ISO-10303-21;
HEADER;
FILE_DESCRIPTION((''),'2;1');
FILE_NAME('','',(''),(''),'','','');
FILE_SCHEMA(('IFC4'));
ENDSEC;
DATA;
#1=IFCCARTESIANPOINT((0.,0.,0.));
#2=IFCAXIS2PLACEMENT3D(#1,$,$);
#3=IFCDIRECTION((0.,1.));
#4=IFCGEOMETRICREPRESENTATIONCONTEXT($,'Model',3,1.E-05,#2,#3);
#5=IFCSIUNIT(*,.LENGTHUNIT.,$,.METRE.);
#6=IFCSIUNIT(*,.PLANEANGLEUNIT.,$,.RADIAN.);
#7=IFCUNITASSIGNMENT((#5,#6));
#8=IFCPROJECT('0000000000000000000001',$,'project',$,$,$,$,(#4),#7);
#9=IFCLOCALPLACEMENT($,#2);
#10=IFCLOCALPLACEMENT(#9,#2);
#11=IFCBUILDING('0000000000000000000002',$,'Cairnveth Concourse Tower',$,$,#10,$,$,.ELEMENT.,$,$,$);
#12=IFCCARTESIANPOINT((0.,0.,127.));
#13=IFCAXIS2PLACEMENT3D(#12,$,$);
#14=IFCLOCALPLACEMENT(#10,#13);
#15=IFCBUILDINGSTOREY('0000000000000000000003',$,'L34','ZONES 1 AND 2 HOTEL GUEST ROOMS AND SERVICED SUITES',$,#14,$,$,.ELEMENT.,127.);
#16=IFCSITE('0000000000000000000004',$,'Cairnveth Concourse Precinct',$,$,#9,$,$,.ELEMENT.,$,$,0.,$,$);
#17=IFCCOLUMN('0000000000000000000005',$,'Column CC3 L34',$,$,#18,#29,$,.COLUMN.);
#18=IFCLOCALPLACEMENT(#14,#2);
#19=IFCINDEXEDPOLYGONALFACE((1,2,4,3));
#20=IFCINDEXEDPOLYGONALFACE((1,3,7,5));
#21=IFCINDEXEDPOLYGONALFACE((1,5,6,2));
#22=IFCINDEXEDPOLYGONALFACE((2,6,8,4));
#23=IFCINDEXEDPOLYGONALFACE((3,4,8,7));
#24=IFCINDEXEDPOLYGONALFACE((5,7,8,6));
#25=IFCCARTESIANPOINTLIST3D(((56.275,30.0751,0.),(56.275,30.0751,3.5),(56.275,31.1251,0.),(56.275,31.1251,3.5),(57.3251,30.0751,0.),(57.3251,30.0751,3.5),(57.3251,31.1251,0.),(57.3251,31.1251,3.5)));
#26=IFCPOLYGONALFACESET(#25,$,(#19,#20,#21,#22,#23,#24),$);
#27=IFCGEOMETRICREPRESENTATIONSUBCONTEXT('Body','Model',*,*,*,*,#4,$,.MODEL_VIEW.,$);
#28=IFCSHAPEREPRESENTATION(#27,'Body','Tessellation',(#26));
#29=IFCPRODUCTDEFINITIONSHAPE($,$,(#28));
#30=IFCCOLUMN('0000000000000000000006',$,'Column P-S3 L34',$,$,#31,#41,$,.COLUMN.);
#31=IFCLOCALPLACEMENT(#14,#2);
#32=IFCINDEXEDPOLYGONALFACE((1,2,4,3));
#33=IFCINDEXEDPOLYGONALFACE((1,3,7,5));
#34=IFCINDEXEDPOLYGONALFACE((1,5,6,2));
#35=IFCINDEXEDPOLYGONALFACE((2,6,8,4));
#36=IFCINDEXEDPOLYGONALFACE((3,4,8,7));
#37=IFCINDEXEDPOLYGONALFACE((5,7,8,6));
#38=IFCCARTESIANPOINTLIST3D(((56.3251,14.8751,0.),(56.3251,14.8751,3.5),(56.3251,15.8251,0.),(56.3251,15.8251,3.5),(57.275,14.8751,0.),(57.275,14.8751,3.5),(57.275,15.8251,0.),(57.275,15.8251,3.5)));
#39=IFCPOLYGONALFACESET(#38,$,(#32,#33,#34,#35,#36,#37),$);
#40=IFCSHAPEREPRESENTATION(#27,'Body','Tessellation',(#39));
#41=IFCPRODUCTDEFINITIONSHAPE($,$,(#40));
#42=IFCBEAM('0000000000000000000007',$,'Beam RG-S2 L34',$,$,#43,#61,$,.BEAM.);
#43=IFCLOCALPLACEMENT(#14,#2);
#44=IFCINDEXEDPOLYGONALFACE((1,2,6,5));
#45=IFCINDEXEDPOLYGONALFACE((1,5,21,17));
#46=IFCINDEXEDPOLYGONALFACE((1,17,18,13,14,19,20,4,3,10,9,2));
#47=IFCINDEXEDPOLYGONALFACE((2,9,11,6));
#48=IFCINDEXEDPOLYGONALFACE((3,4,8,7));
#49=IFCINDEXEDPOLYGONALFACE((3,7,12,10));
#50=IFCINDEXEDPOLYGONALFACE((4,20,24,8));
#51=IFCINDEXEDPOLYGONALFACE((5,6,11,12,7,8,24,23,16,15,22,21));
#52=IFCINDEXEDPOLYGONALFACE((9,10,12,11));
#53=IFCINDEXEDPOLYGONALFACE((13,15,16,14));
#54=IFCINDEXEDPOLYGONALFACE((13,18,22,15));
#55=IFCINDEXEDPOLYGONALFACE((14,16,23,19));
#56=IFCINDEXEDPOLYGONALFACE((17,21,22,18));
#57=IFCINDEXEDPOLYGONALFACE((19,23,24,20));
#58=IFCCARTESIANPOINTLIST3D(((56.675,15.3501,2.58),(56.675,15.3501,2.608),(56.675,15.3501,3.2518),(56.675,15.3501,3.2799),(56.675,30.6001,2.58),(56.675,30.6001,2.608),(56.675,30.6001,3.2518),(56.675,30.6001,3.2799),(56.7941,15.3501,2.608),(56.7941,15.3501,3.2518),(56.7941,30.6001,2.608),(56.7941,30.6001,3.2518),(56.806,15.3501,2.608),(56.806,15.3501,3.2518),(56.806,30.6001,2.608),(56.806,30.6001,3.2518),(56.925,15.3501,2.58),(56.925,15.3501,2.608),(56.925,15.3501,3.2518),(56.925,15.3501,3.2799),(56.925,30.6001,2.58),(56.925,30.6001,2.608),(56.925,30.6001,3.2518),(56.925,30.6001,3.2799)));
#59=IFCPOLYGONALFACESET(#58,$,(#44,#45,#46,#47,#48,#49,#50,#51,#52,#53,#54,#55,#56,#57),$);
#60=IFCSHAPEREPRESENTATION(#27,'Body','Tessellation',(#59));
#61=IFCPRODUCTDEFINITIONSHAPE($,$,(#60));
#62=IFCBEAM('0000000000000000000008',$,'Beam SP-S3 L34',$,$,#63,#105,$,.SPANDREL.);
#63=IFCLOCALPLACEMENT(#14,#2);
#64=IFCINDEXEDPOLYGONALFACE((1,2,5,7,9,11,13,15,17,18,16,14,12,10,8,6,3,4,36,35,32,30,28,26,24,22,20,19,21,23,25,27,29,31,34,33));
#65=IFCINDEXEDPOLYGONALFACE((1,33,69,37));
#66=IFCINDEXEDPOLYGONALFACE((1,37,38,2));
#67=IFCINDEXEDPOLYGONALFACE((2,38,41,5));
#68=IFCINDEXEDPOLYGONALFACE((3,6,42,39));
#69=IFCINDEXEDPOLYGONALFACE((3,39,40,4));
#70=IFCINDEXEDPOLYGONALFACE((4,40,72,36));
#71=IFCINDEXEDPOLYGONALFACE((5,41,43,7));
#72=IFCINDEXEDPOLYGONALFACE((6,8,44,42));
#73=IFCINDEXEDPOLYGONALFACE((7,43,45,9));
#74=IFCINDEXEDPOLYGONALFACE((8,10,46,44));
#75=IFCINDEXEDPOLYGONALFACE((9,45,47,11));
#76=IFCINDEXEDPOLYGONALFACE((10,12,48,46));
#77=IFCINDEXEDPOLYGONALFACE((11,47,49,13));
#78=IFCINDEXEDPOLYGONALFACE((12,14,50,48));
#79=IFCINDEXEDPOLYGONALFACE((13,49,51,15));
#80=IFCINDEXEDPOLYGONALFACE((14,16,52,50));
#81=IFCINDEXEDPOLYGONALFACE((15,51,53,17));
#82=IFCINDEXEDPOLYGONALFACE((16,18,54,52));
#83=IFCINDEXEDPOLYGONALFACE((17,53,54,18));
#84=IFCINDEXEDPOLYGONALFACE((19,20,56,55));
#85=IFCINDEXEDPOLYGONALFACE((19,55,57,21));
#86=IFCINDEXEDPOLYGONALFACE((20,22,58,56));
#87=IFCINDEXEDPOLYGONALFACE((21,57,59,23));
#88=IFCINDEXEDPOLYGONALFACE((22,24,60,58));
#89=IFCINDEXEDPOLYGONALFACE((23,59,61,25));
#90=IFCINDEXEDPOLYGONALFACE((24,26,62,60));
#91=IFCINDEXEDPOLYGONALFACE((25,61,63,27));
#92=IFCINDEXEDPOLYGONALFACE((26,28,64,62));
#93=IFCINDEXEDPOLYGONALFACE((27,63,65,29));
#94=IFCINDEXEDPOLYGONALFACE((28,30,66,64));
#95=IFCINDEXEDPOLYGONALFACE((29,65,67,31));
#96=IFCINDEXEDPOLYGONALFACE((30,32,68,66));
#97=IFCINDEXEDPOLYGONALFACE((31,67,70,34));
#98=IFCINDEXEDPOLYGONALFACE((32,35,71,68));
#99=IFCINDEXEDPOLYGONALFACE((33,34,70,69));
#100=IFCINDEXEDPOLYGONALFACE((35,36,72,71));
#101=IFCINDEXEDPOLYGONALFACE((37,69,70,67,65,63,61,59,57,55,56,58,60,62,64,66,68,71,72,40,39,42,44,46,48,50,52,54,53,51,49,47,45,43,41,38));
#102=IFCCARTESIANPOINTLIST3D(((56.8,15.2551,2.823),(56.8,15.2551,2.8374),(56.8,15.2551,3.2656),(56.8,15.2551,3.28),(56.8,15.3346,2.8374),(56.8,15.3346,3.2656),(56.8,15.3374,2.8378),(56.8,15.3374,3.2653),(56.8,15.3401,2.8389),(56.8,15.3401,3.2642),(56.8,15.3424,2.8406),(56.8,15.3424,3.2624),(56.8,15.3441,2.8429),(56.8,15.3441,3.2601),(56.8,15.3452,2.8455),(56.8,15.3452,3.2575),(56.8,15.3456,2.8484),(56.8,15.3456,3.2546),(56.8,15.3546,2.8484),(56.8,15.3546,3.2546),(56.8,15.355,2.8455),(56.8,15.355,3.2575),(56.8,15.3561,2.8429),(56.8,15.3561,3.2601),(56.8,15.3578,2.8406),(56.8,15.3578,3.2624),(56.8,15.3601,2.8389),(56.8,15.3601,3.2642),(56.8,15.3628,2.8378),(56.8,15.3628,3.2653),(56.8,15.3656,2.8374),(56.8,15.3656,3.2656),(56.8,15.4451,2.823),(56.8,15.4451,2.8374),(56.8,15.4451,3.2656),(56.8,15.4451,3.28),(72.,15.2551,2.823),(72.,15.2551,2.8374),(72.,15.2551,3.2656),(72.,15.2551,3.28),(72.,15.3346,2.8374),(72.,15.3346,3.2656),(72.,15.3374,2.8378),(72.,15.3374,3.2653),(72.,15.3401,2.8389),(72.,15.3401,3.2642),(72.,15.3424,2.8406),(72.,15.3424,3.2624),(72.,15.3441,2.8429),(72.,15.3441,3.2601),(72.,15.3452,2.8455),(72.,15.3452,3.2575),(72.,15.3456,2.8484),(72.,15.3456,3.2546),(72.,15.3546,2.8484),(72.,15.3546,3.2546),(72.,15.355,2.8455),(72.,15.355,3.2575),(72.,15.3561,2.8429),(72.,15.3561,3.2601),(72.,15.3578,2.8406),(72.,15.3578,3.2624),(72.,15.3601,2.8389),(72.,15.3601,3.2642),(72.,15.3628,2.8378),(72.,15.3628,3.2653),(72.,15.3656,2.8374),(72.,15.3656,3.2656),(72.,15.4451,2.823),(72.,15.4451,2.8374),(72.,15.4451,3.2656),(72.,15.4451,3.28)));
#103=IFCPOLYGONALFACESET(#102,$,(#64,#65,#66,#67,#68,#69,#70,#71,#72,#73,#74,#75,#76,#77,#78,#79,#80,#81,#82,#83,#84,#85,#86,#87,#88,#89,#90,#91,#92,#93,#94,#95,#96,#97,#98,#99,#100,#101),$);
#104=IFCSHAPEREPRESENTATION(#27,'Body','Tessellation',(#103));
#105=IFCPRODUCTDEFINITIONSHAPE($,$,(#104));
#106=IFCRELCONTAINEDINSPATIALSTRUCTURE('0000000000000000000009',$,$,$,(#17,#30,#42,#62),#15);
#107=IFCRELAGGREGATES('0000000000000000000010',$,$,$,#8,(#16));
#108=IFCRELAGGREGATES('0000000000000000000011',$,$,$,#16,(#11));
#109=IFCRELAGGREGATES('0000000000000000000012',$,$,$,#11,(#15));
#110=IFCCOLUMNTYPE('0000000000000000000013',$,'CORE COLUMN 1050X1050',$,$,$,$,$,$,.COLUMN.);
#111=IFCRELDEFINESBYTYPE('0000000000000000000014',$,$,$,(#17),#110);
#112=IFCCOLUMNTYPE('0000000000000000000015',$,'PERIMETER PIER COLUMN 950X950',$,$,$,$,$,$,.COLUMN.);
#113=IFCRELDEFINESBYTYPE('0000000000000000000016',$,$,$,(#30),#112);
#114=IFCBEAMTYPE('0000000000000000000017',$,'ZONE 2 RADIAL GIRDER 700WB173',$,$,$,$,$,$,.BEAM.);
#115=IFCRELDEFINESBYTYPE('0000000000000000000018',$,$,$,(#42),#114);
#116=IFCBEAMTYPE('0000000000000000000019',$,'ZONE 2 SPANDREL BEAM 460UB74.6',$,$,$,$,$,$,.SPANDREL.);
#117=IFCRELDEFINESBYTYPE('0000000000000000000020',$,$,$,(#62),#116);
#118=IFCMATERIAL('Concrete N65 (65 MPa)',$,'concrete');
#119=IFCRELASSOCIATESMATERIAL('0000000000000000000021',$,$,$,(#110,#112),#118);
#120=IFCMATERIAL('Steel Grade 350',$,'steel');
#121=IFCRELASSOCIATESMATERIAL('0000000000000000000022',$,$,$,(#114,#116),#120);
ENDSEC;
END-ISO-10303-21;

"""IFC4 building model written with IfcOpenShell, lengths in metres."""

from ifc_helpers import new_model, si_unit, direction, frame, origin, origin_2d, place, context, subcontext, project, spatial, rectangle, i_section, extrude, material, material_profile, profile_set, type_object, element, save


model = new_model("IFC4")

# Units and contexts
model_context = context("Model", 3, precision=1e-05, world=origin(), true_north=direction((0.0, 1.0)))
body_context = subcontext(model_context, "Body", "Model", "MODEL_VIEW")
ifc_project = project(units=[si_unit("LENGTHUNIT", "METRE"), si_unit("PLANEANGLEUNIT", "RADIAN")], contexts=[model_context])

# Site, building, storey
site_placement = place(None, origin())
site = spatial("IfcSite", under=ifc_project, at=site_placement, Name="Cairnveth Concourse Precinct", CompositionType="ELEMENT", RefElevation=0.0)
building_placement = place(site_placement, origin())
building = spatial("IfcBuilding", under=site, at=building_placement, Name="Cairnveth Concourse Tower", CompositionType="ELEMENT")
storey_placement = place(building_placement, frame((0.0, 0.0, 127.0)))
storey = spatial("IfcBuildingStorey", under=building, at=storey_placement, Name="L34", Description="ZONES 1 AND 2 HOTEL GUEST ROOMS AND SERVICED SUITES", CompositionType="ELEMENT", Elevation=127.0)

# Columns
ifc_material_1 = material(Name="Concrete N65 (65 MPa)", Category="concrete")
ifc_material_profile_1 = material_profile(ifc_material_1, rectangle(XDim=1.05, YDim=1.05, at=origin_2d()), Name="RC-COL-1050x1050")
ifc_profile_set_1 = profile_set([ifc_material_profile_1], Name="Concrete N65 (65 MPa)")
column_type_1 = type_object("IfcColumnType", Name="CORE COLUMN 1050X1050", PredefinedType="COLUMN", material=ifc_profile_set_1)
column_1_placement = place(storey_placement, frame((56.8, 30.6001, 0.0), z_axis=(0.0, 0.0, 1.0), x_axis=(1.0, 0.0, 0.0)))
element("IfcColumn", 1, at=column_1_placement, inside=storey, type_object=column_type_1, Name="Column CC3 L34", PredefinedType="COLUMN", context=body_context, shape_type="SweptSolid", body=[
    extrude(rectangle(XDim=1.05, YDim=1.05, at=origin_2d()), origin(), (0.0, 0.0, 1.0), 3.5),
])
ifc_material_profile_2 = material_profile(ifc_material_1, rectangle(XDim=0.95, YDim=0.95, at=origin_2d()), Name="RC-COL-950x950")
ifc_profile_set_2 = profile_set([ifc_material_profile_2], Name="Concrete N65 (65 MPa)")
column_type_2 = type_object("IfcColumnType", Name="PERIMETER PIER COLUMN 950X950", PredefinedType="COLUMN", material=ifc_profile_set_2)
column_2_placement = place(storey_placement, frame((56.8, 15.3501, 0.0), z_axis=(0.0, 0.0, 1.0), x_axis=(1.0, 0.0, 0.0)))
element("IfcColumn", 2, at=column_2_placement, inside=storey, type_object=column_type_2, Name="Column P-S3 L34", PredefinedType="COLUMN", context=body_context, shape_type="SweptSolid", body=[
    extrude(rectangle(XDim=0.95, YDim=0.95, at=origin_2d()), origin(), (0.0, 0.0, 1.0), 3.5),
])

# Beams
ifc_material_2 = material(Name="Steel Grade 350", Category="steel")
ifc_material_profile_3 = material_profile(ifc_material_2, i_section(OverallWidth=0.25, OverallDepth=0.7, WebThickness=0.012, FlangeThickness=0.0281, at=origin_2d()), Name="700WB173")
ifc_profile_set_3 = profile_set([ifc_material_profile_3], Name="Steel Grade 350")
beam_type_1 = type_object("IfcBeamType", Name="ZONE 2 RADIAL GIRDER 700WB173", PredefinedType="BEAM", material=ifc_profile_set_3)
beam_1_placement = place(storey_placement, frame((56.8, 15.3501, 2.9299), z_axis=(0.0, 1.0, 0.0), x_axis=(-1.0, 0.0, 0.0)))
element("IfcBeam", 3, at=beam_1_placement, inside=storey, type_object=beam_type_1, Name="Beam RG-S2 L34", PredefinedType="BEAM", context=body_context, shape_type="SweptSolid", body=[
    extrude(i_section(OverallWidth=0.25, OverallDepth=0.7, WebThickness=0.012, FlangeThickness=0.0281, at=origin_2d()), origin(), (0.0, 0.0, 1.0), 15.25),
])
ifc_material_profile_4 = material_profile(ifc_material_2, i_section(OverallWidth=0.1899, OverallDepth=0.457, WebThickness=0.009, FlangeThickness=0.0144, FilletRadius=0.011, at=origin_2d()), Name="460UB74.6")
ifc_profile_set_4 = profile_set([ifc_material_profile_4], Name="Steel Grade 350")
beam_type_2 = type_object("IfcBeamType", Name="ZONE 2 SPANDREL BEAM 460UB74.6", PredefinedType="SPANDREL", material=ifc_profile_set_4)
beam_2_placement = place(storey_placement, frame((56.8, 15.3501, 3.0515), z_axis=(1.0, 0.0, 0.0), x_axis=(0.0, 1.0, 0.0)))
element("IfcBeam", 4, at=beam_2_placement, inside=storey, type_object=beam_type_2, Name="Beam SP-S3 L34", PredefinedType="SPANDREL", context=body_context, shape_type="SweptSolid", body=[
    extrude(i_section(OverallWidth=0.1899, OverallDepth=0.457, WebThickness=0.009, FlangeThickness=0.0144, FilletRadius=0.011, at=origin_2d()), origin(), (0.0, 0.0, 1.0), 15.2),
])

save(model, "model.ifc")
